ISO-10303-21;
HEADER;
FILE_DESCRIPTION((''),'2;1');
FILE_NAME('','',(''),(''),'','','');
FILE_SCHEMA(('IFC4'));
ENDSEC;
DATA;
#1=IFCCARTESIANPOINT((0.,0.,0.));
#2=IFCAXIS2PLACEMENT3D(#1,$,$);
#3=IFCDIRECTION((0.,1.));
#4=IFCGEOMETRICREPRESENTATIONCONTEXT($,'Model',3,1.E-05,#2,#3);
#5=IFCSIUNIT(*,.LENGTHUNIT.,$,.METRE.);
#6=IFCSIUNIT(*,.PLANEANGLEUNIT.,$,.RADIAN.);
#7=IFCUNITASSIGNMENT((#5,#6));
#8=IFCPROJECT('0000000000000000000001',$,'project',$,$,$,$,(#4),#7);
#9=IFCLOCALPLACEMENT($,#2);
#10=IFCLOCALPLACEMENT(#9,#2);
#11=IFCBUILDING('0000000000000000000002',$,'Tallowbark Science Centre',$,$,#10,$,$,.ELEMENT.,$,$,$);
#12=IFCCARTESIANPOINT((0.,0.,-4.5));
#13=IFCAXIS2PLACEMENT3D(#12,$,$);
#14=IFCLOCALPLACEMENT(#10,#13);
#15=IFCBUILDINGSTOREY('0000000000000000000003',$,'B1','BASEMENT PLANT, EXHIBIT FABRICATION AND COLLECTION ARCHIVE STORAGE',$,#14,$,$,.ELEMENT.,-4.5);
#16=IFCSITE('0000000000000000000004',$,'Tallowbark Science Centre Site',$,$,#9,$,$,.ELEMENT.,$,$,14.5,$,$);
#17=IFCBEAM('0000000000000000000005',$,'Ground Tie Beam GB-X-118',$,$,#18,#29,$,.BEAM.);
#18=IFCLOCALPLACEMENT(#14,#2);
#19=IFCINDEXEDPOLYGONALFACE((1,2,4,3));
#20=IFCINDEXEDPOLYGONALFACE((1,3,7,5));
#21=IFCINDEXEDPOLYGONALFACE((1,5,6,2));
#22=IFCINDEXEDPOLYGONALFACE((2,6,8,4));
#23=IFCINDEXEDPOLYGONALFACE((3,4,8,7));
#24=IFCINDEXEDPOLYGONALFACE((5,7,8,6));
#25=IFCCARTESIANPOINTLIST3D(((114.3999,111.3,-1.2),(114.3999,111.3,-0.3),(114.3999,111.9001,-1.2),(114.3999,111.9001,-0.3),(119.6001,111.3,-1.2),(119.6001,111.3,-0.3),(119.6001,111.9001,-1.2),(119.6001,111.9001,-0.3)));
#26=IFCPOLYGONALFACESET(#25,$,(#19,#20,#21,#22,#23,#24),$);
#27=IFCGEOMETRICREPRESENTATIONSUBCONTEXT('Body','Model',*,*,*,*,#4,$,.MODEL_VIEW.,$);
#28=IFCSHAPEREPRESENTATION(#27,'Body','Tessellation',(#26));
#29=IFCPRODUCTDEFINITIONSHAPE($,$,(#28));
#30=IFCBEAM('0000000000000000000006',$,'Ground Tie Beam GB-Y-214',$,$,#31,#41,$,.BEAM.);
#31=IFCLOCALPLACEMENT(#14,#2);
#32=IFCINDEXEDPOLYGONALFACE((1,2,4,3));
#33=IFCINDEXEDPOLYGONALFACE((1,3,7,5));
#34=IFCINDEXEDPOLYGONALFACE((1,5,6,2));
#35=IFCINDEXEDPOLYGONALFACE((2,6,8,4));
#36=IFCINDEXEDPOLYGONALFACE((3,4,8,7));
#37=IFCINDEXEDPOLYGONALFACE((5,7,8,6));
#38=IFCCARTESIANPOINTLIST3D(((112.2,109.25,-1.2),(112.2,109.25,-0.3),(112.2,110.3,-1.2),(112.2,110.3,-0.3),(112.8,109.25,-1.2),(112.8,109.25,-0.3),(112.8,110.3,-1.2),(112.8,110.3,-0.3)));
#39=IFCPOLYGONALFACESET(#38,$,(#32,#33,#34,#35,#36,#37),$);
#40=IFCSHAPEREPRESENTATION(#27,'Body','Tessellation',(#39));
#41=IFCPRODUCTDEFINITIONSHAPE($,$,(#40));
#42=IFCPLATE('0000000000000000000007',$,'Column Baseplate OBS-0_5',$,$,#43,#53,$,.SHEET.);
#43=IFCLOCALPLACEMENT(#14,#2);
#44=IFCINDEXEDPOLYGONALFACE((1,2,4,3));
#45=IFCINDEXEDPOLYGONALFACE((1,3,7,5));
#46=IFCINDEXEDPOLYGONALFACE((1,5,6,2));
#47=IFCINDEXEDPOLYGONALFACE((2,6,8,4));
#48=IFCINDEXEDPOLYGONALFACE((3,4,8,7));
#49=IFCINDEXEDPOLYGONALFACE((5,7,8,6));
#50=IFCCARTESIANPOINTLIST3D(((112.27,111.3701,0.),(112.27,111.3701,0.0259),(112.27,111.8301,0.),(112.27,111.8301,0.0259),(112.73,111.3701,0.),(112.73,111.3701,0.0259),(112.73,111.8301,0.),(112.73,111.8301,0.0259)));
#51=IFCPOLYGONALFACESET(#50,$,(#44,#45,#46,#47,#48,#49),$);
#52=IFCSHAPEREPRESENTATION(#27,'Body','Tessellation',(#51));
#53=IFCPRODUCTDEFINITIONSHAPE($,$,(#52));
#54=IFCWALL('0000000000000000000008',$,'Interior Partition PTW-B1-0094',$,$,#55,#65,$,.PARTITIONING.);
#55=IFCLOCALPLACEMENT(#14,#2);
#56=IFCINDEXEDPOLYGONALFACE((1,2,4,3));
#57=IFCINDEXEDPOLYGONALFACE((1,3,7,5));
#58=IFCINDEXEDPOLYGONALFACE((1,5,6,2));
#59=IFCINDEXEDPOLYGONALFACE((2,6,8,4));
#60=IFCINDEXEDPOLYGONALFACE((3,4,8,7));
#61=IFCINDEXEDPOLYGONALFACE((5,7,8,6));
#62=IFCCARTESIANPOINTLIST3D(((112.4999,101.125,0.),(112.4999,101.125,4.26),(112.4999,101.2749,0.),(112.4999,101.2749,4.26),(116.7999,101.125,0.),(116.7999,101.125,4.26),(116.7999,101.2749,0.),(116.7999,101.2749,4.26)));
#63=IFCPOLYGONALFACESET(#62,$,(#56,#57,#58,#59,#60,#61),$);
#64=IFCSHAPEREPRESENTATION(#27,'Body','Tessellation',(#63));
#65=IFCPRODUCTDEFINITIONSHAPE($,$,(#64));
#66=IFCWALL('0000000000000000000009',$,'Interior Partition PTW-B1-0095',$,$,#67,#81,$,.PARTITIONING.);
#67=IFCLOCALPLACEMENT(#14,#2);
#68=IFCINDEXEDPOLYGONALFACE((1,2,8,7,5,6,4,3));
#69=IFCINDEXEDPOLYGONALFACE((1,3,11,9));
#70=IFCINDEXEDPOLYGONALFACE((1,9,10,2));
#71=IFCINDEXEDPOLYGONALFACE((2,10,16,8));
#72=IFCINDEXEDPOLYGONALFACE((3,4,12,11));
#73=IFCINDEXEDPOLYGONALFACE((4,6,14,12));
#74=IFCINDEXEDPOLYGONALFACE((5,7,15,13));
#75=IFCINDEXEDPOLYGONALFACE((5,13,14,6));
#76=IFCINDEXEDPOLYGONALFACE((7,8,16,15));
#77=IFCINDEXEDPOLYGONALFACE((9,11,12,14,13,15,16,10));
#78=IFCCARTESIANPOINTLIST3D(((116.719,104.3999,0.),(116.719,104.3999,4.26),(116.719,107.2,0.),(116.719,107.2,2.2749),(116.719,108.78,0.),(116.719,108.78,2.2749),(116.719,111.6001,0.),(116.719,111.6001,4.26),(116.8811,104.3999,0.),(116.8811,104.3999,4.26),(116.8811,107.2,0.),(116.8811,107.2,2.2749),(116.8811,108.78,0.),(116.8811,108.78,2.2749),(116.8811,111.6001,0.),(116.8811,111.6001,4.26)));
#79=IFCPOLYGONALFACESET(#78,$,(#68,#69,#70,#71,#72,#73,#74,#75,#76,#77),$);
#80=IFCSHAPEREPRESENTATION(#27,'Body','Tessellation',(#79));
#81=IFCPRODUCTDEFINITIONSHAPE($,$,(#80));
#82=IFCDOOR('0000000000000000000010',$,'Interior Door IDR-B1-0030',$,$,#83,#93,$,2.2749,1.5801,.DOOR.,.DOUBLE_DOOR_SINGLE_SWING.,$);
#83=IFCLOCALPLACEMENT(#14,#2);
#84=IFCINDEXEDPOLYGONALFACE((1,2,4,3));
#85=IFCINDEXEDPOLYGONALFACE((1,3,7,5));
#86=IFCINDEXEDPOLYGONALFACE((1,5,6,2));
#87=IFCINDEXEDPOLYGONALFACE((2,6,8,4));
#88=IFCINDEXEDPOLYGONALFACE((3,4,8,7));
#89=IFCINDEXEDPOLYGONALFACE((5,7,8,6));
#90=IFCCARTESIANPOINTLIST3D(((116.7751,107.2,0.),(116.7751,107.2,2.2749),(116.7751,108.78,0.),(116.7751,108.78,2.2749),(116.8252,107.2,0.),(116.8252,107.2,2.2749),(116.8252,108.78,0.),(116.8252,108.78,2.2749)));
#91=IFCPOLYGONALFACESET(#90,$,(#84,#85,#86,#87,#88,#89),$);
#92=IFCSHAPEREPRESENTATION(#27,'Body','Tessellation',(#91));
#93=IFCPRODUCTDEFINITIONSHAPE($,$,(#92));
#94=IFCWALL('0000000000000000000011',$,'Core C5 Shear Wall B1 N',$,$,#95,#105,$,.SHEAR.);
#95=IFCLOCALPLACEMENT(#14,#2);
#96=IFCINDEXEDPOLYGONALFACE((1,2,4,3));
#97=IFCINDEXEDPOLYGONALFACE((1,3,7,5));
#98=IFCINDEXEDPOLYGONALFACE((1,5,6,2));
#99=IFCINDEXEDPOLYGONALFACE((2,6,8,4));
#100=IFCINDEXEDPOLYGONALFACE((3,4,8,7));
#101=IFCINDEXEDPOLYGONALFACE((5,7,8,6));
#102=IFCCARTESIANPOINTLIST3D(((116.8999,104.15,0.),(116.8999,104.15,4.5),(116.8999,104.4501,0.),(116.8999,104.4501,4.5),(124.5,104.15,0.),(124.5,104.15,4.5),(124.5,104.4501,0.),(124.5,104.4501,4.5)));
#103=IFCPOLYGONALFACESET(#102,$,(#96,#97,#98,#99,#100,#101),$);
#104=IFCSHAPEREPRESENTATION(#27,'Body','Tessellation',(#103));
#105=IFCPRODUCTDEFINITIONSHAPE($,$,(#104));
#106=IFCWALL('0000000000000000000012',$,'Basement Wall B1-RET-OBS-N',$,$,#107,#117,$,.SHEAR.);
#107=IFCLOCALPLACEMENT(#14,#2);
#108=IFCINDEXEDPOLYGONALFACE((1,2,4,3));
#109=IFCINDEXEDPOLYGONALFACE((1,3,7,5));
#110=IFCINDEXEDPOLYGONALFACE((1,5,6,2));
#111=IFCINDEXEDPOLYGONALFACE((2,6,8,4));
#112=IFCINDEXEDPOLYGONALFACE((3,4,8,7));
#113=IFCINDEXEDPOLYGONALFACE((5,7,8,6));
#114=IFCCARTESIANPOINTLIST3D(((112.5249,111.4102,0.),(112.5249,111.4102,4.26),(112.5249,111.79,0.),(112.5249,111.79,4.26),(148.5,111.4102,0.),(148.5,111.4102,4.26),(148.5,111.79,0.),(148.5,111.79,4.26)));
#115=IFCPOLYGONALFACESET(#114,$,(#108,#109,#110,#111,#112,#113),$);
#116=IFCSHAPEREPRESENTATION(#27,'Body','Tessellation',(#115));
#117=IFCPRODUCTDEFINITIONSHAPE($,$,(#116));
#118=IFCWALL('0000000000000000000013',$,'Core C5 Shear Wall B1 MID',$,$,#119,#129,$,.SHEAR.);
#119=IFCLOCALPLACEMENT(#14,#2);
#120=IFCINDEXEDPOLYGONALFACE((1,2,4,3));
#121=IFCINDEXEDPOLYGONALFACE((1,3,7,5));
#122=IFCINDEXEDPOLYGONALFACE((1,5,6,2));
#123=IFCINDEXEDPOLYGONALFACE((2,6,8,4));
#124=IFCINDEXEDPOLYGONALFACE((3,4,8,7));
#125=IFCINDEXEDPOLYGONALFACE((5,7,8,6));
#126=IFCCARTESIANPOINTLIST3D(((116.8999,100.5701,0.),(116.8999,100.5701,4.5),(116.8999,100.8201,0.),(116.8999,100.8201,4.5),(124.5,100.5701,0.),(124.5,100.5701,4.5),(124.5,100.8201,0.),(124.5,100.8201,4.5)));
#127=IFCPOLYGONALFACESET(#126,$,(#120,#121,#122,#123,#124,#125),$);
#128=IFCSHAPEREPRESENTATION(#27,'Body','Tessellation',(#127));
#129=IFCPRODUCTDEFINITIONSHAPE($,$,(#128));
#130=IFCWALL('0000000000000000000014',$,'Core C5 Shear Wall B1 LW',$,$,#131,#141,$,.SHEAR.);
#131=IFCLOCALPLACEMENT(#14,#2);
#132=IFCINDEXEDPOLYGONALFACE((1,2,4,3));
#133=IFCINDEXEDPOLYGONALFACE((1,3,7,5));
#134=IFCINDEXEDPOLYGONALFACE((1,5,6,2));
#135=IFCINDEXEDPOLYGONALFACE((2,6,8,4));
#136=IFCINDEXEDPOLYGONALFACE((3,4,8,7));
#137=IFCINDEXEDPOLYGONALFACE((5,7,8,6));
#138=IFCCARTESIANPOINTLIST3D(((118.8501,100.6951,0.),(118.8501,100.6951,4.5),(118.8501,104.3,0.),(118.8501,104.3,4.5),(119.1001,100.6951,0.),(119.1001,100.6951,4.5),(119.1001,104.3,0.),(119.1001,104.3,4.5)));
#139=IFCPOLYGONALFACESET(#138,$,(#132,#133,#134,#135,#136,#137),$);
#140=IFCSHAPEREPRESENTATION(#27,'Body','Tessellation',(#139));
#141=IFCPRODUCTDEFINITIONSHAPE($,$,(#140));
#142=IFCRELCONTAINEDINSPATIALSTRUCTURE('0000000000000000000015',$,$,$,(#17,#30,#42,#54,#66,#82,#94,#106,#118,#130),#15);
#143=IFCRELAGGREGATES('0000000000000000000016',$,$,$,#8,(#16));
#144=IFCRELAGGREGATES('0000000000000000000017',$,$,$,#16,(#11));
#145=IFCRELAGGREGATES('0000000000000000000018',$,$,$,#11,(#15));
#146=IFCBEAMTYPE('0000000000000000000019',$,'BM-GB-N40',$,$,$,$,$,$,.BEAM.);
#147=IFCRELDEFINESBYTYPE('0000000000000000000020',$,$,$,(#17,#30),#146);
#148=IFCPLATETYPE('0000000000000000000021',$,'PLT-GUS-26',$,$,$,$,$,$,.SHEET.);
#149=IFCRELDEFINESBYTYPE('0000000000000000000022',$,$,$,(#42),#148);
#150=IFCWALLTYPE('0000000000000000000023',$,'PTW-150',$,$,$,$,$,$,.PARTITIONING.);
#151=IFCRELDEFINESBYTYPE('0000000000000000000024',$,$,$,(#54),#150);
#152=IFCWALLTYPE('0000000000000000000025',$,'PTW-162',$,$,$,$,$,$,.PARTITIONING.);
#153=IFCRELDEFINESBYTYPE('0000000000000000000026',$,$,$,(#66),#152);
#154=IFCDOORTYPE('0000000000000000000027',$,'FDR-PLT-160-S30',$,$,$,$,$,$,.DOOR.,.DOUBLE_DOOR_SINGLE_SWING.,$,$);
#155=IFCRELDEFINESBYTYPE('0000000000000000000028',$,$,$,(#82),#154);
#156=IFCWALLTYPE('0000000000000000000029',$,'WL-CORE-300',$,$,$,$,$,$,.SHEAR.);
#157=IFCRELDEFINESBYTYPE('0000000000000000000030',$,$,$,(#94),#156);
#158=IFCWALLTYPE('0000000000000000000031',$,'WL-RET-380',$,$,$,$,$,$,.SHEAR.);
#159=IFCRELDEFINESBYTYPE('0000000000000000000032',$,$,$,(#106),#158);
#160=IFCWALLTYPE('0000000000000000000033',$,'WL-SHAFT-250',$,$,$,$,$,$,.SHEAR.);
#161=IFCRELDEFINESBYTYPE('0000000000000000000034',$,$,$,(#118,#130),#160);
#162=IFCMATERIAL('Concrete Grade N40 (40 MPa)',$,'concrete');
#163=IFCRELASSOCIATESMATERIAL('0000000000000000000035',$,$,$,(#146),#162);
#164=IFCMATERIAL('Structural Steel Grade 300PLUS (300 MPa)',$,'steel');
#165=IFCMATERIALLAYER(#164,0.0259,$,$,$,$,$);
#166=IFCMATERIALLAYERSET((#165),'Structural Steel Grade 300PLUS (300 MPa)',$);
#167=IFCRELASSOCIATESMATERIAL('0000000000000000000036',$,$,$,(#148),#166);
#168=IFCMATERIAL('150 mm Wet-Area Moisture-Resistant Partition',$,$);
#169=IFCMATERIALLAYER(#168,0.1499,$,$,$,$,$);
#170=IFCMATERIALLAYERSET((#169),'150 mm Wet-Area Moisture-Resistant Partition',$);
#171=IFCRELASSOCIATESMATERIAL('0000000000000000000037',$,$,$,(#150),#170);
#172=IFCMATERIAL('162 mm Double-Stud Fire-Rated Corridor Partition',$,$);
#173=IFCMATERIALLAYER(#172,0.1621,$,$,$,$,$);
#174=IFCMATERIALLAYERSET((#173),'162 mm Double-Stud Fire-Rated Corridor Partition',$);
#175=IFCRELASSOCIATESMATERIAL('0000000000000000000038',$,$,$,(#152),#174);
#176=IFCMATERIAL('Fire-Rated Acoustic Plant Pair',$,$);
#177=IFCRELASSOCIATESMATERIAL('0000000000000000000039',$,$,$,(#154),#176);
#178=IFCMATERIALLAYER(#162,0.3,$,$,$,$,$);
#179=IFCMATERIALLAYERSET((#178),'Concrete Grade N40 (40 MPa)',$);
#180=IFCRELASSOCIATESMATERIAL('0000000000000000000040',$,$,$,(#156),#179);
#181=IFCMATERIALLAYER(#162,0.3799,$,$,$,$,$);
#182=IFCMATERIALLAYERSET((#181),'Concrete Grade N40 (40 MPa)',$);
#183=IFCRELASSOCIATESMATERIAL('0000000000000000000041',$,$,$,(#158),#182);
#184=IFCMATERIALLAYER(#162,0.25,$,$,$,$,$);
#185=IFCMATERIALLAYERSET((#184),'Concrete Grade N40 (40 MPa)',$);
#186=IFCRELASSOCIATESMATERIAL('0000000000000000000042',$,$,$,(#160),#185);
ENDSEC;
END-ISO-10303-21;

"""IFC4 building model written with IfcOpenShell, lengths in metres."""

from ifc_helpers import new_model, si_unit, direction, frame, frame_2d, origin, origin_2d, place, context, subcontext, project, spatial, rectangle, extrude, material, layer, layer_set, material_profile, profile_set, type_object, element, fill, save


model = new_model("IFC4")

# Units and contexts
model_context = context("Model", 3, precision=1e-05, world=origin(), true_north=direction((0.0, 1.0)))
body_context = subcontext(model_context, "Body", "Model", "MODEL_VIEW")
ifc_project = project(units=[si_unit("LENGTHUNIT", "METRE"), si_unit("PLANEANGLEUNIT", "RADIAN")], contexts=[model_context])

# Site, building, storey
site_placement = place(None, origin())
site = spatial("IfcSite", under=ifc_project, at=site_placement, Name="Tallowbark Science Centre Site", CompositionType="ELEMENT", RefElevation=14.5)
building_placement = place(site_placement, origin())
building = spatial("IfcBuilding", under=site, at=building_placement, Name="Tallowbark Science Centre", CompositionType="ELEMENT")
storey_placement = place(building_placement, frame((0.0, 0.0, -4.5)))
storey = spatial("IfcBuildingStorey", under=building, at=storey_placement, Name="B1", Description="BASEMENT PLANT, EXHIBIT FABRICATION AND COLLECTION ARCHIVE STORAGE", CompositionType="ELEMENT", Elevation=-4.5)

# Shared definitions
ifc_material_1 = material(Name="Concrete Grade N40 (40 MPa)", Category="concrete")

# Shared definitions
ifc_material_2 = material(Name="Structural Steel Grade 300PLUS (300 MPa)", Category="steel")

# Beams
ifc_material_profile_1 = material_profile(ifc_material_1, rectangle(XDim=0.6001, YDim=0.8999, at=origin_2d()), Name="RC600x900")
ifc_profile_set_1 = profile_set([ifc_material_profile_1], Name="Concrete Grade N40 (40 MPa)")
beam_type = type_object("IfcBeamType", Name="BM-GB-N40", PredefinedType="BEAM", material=ifc_profile_set_1)
beam_1_placement = place(storey_placement, frame((114.3999, 111.6001, -0.75), z_axis=(1.0, 0.0, 0.0), x_axis=(0.0, 1.0, 0.0)))
element("IfcBeam", 1, at=beam_1_placement, inside=storey, type_object=beam_type, Name="Ground Tie Beam GB-X-118", PredefinedType="BEAM", context=body_context, shape_type="SweptSolid", body=[
    extrude(rectangle(XDim=0.6001, YDim=0.8999, at=origin_2d()), origin(), (0.0, 0.0, 1.0), 5.2002),
])
beam_2_placement = place(storey_placement, frame((112.5, 109.25, -0.75), z_axis=(0.0, 1.0, 0.0), x_axis=(-1.0, 0.0, 0.0)))
element("IfcBeam", 2, at=beam_2_placement, inside=storey, type_object=beam_type, Name="Ground Tie Beam GB-Y-214", PredefinedType="BEAM", context=body_context, shape_type="SweptSolid", body=[
    extrude(rectangle(XDim=0.6001, YDim=0.8999, at=origin_2d()), origin(), (0.0, 0.0, 1.0), 1.05),
])

# Plate
ifc_layer_1 = layer(ifc_material_2, 0.0259)
ifc_layer_set_1 = layer_set([ifc_layer_1], Name="Structural Steel Grade 300PLUS (300 MPa)")
plate_type = type_object("IfcPlateType", Name="PLT-GUS-26", PredefinedType="SHEET", material=ifc_layer_set_1)
plate_placement = place(storey_placement, frame((112.5, 111.6001, 0.0), z_axis=(0.0, 0.0, 1.0), x_axis=(1.0, 0.0, 0.0)))
element("IfcPlate", 3, at=plate_placement, inside=storey, type_object=plate_type, Name="Column Baseplate OBS-0_5", PredefinedType="SHEET", context=body_context, shape_type="SweptSolid", body=[
    extrude(rectangle(XDim=0.46, YDim=0.46, at=origin_2d()), origin(), (0.0, 0.0, 1.0), 0.0259),
])

# Wall
ifc_material_3 = material(Name="150 mm Wet-Area Moisture-Resistant Partition")
ifc_layer_2 = layer(ifc_material_3, 0.1499)
ifc_layer_set_2 = layer_set([ifc_layer_2], Name="150 mm Wet-Area Moisture-Resistant Partition")
wall_type_1 = type_object("IfcWallType", Name="PTW-150", PredefinedType="PARTITIONING", material=ifc_layer_set_2)
wall_1_placement = place(storey_placement, frame((112.5, 101.2, 0.0), z_axis=(0.0, 0.0, 1.0), x_axis=(1.0, 0.0, 0.0)))
element("IfcWall", 4, at=wall_1_placement, inside=storey, type_object=wall_type_1, Name="Interior Partition PTW-B1-0094", PredefinedType="PARTITIONING", context=body_context, shape_type="SweptSolid", body=[
    extrude(rectangle(XDim=4.3, YDim=0.1499, at=frame_2d((2.1499, 0.0))), origin(), (0.0, 0.0, 1.0), 4.26),
])

# Wall, opening, door
ifc_material_4 = material(Name="162 mm Double-Stud Fire-Rated Corridor Partition")
ifc_layer_3 = layer(ifc_material_4, 0.1621)
ifc_layer_set_3 = layer_set([ifc_layer_3], Name="162 mm Double-Stud Fire-Rated Corridor Partition")
wall_type_2 = type_object("IfcWallType", Name="PTW-162", PredefinedType="PARTITIONING", material=ifc_layer_set_3)
wall_2_placement = place(storey_placement, frame((116.8, 104.3999, 0.0), z_axis=(0.0, 0.0, 1.0), x_axis=(0.0, 1.0, 0.0)))
wall_2 = element("IfcWall", 5, at=wall_2_placement, inside=storey, type_object=wall_type_2, Name="Interior Partition PTW-B1-0095", PredefinedType="PARTITIONING", context=body_context, shape_type="SweptSolid", body=[
    extrude(rectangle(XDim=7.2002, YDim=0.1621, at=frame_2d((3.6001, 0.0))), origin(), (0.0, 0.0, 1.0), 4.26),
])
opening_placement = place(wall_2_placement, frame((2.8, 0.0, 0.0)))
opening = element("IfcOpeningElement", 6, at=opening_placement, cuts=wall_2, PredefinedType="OPENING", context=body_context, shape_type="SweptSolid", body=[
    extrude(rectangle(XDim=1.5801, YDim=2.2749, at=frame_2d((0.79, 1.1375))), frame((0.0, 0.0911, 0.0), z_axis=(0.0, -1.0, 0.0), x_axis=(1.0, 0.0, 0.0)), (0.0, 0.0, 1.0), 0.1821),
])
ifc_material_5 = material(Name="Fire-Rated Acoustic Plant Pair")
door_type = type_object("IfcDoorType", Name="FDR-PLT-160-S30", OperationType="DOUBLE_DOOR_SINGLE_SWING", PredefinedType="DOOR", material=ifc_material_5)
door_placement = place(opening_placement, origin())
door = element("IfcDoor", 7, at=door_placement, inside=storey, type_object=door_type, Name="Interior Door IDR-B1-0030", OperationType="DOUBLE_DOOR_SINGLE_SWING", OverallHeight=2.2749, OverallWidth=1.5801, PredefinedType="DOOR", context=body_context, shape_type="SweptSolid", body=[
    extrude(rectangle(XDim=1.5801, YDim=2.2749, at=frame_2d((0.79, 1.1375))), frame((0.0, 0.0249, 0.0), z_axis=(0.0, -1.0, 0.0), x_axis=(1.0, 0.0, 0.0)), (0.0, 0.0, 1.0), 0.05),
])
fill(opening, door)

# Walls
ifc_layer_4 = layer(ifc_material_1, 0.3)
ifc_layer_set_4 = layer_set([ifc_layer_4], Name="Concrete Grade N40 (40 MPa)")
wall_type_3 = type_object("IfcWallType", Name="WL-CORE-300", PredefinedType="SHEAR", material=ifc_layer_set_4)
wall_3_placement = place(storey_placement, frame((116.8999, 104.3, 0.0), z_axis=(0.0, 0.0, 1.0), x_axis=(1.0, 0.0, 0.0)))
element("IfcWall", 8, at=wall_3_placement, inside=storey, type_object=wall_type_3, Name="Core C5 Shear Wall B1 N", PredefinedType="SHEAR", context=body_context, shape_type="SweptSolid", body=[
    extrude(rectangle(XDim=7.6001, YDim=0.3, at=frame_2d((3.8, 0.0))), origin(), (0.0, 0.0, 1.0), 4.5),
])
ifc_layer_5 = layer(ifc_material_1, 0.3799)
ifc_layer_set_5 = layer_set([ifc_layer_5], Name="Concrete Grade N40 (40 MPa)")
wall_type_4 = type_object("IfcWallType", Name="WL-RET-380", PredefinedType="SHEAR", material=ifc_layer_set_5)
wall_4_placement = place(storey_placement, frame((112.5249, 111.6001, 0.0), z_axis=(0.0, 0.0, 1.0), x_axis=(1.0, 0.0, 0.0)))
element("IfcWall", 9, at=wall_4_placement, inside=storey, type_object=wall_type_4, Name="Basement Wall B1-RET-OBS-N", PredefinedType="SHEAR", context=body_context, shape_type="SweptSolid", body=[
    extrude(rectangle(XDim=35.9751, YDim=0.3799, at=frame_2d((17.9875, 0.0))), origin(), (0.0, 0.0, 1.0), 4.26),
])
ifc_layer_6 = layer(ifc_material_1, 0.25)
ifc_layer_set_6 = layer_set([ifc_layer_6], Name="Concrete Grade N40 (40 MPa)")
wall_type_5 = type_object("IfcWallType", Name="WL-SHAFT-250", PredefinedType="SHEAR", material=ifc_layer_set_6)
wall_5_placement = place(storey_placement, frame((116.8999, 100.6951, 0.0), z_axis=(0.0, 0.0, 1.0), x_axis=(1.0, 0.0, 0.0)))
element("IfcWall", 10, at=wall_5_placement, inside=storey, type_object=wall_type_5, Name="Core C5 Shear Wall B1 MID", PredefinedType="SHEAR", context=body_context, shape_type="SweptSolid", body=[
    extrude(rectangle(XDim=7.6001, YDim=0.25, at=frame_2d((3.8, 0.0))), origin(), (0.0, 0.0, 1.0), 4.5),
])
wall_6_placement = place(storey_placement, frame((118.9751, 100.6951, 0.0), z_axis=(0.0, 0.0, 1.0), x_axis=(0.0, 1.0, 0.0)))
element("IfcWall", 11, at=wall_6_placement, inside=storey, type_object=wall_type_5, Name="Core C5 Shear Wall B1 LW", PredefinedType="SHEAR", context=body_context, shape_type="SweptSolid", body=[
    extrude(rectangle(XDim=3.605, YDim=0.25, at=frame_2d((1.8025, 0.0))), origin(), (0.0, 0.0, 1.0), 4.5),
])

save(model, "model.ifc")
